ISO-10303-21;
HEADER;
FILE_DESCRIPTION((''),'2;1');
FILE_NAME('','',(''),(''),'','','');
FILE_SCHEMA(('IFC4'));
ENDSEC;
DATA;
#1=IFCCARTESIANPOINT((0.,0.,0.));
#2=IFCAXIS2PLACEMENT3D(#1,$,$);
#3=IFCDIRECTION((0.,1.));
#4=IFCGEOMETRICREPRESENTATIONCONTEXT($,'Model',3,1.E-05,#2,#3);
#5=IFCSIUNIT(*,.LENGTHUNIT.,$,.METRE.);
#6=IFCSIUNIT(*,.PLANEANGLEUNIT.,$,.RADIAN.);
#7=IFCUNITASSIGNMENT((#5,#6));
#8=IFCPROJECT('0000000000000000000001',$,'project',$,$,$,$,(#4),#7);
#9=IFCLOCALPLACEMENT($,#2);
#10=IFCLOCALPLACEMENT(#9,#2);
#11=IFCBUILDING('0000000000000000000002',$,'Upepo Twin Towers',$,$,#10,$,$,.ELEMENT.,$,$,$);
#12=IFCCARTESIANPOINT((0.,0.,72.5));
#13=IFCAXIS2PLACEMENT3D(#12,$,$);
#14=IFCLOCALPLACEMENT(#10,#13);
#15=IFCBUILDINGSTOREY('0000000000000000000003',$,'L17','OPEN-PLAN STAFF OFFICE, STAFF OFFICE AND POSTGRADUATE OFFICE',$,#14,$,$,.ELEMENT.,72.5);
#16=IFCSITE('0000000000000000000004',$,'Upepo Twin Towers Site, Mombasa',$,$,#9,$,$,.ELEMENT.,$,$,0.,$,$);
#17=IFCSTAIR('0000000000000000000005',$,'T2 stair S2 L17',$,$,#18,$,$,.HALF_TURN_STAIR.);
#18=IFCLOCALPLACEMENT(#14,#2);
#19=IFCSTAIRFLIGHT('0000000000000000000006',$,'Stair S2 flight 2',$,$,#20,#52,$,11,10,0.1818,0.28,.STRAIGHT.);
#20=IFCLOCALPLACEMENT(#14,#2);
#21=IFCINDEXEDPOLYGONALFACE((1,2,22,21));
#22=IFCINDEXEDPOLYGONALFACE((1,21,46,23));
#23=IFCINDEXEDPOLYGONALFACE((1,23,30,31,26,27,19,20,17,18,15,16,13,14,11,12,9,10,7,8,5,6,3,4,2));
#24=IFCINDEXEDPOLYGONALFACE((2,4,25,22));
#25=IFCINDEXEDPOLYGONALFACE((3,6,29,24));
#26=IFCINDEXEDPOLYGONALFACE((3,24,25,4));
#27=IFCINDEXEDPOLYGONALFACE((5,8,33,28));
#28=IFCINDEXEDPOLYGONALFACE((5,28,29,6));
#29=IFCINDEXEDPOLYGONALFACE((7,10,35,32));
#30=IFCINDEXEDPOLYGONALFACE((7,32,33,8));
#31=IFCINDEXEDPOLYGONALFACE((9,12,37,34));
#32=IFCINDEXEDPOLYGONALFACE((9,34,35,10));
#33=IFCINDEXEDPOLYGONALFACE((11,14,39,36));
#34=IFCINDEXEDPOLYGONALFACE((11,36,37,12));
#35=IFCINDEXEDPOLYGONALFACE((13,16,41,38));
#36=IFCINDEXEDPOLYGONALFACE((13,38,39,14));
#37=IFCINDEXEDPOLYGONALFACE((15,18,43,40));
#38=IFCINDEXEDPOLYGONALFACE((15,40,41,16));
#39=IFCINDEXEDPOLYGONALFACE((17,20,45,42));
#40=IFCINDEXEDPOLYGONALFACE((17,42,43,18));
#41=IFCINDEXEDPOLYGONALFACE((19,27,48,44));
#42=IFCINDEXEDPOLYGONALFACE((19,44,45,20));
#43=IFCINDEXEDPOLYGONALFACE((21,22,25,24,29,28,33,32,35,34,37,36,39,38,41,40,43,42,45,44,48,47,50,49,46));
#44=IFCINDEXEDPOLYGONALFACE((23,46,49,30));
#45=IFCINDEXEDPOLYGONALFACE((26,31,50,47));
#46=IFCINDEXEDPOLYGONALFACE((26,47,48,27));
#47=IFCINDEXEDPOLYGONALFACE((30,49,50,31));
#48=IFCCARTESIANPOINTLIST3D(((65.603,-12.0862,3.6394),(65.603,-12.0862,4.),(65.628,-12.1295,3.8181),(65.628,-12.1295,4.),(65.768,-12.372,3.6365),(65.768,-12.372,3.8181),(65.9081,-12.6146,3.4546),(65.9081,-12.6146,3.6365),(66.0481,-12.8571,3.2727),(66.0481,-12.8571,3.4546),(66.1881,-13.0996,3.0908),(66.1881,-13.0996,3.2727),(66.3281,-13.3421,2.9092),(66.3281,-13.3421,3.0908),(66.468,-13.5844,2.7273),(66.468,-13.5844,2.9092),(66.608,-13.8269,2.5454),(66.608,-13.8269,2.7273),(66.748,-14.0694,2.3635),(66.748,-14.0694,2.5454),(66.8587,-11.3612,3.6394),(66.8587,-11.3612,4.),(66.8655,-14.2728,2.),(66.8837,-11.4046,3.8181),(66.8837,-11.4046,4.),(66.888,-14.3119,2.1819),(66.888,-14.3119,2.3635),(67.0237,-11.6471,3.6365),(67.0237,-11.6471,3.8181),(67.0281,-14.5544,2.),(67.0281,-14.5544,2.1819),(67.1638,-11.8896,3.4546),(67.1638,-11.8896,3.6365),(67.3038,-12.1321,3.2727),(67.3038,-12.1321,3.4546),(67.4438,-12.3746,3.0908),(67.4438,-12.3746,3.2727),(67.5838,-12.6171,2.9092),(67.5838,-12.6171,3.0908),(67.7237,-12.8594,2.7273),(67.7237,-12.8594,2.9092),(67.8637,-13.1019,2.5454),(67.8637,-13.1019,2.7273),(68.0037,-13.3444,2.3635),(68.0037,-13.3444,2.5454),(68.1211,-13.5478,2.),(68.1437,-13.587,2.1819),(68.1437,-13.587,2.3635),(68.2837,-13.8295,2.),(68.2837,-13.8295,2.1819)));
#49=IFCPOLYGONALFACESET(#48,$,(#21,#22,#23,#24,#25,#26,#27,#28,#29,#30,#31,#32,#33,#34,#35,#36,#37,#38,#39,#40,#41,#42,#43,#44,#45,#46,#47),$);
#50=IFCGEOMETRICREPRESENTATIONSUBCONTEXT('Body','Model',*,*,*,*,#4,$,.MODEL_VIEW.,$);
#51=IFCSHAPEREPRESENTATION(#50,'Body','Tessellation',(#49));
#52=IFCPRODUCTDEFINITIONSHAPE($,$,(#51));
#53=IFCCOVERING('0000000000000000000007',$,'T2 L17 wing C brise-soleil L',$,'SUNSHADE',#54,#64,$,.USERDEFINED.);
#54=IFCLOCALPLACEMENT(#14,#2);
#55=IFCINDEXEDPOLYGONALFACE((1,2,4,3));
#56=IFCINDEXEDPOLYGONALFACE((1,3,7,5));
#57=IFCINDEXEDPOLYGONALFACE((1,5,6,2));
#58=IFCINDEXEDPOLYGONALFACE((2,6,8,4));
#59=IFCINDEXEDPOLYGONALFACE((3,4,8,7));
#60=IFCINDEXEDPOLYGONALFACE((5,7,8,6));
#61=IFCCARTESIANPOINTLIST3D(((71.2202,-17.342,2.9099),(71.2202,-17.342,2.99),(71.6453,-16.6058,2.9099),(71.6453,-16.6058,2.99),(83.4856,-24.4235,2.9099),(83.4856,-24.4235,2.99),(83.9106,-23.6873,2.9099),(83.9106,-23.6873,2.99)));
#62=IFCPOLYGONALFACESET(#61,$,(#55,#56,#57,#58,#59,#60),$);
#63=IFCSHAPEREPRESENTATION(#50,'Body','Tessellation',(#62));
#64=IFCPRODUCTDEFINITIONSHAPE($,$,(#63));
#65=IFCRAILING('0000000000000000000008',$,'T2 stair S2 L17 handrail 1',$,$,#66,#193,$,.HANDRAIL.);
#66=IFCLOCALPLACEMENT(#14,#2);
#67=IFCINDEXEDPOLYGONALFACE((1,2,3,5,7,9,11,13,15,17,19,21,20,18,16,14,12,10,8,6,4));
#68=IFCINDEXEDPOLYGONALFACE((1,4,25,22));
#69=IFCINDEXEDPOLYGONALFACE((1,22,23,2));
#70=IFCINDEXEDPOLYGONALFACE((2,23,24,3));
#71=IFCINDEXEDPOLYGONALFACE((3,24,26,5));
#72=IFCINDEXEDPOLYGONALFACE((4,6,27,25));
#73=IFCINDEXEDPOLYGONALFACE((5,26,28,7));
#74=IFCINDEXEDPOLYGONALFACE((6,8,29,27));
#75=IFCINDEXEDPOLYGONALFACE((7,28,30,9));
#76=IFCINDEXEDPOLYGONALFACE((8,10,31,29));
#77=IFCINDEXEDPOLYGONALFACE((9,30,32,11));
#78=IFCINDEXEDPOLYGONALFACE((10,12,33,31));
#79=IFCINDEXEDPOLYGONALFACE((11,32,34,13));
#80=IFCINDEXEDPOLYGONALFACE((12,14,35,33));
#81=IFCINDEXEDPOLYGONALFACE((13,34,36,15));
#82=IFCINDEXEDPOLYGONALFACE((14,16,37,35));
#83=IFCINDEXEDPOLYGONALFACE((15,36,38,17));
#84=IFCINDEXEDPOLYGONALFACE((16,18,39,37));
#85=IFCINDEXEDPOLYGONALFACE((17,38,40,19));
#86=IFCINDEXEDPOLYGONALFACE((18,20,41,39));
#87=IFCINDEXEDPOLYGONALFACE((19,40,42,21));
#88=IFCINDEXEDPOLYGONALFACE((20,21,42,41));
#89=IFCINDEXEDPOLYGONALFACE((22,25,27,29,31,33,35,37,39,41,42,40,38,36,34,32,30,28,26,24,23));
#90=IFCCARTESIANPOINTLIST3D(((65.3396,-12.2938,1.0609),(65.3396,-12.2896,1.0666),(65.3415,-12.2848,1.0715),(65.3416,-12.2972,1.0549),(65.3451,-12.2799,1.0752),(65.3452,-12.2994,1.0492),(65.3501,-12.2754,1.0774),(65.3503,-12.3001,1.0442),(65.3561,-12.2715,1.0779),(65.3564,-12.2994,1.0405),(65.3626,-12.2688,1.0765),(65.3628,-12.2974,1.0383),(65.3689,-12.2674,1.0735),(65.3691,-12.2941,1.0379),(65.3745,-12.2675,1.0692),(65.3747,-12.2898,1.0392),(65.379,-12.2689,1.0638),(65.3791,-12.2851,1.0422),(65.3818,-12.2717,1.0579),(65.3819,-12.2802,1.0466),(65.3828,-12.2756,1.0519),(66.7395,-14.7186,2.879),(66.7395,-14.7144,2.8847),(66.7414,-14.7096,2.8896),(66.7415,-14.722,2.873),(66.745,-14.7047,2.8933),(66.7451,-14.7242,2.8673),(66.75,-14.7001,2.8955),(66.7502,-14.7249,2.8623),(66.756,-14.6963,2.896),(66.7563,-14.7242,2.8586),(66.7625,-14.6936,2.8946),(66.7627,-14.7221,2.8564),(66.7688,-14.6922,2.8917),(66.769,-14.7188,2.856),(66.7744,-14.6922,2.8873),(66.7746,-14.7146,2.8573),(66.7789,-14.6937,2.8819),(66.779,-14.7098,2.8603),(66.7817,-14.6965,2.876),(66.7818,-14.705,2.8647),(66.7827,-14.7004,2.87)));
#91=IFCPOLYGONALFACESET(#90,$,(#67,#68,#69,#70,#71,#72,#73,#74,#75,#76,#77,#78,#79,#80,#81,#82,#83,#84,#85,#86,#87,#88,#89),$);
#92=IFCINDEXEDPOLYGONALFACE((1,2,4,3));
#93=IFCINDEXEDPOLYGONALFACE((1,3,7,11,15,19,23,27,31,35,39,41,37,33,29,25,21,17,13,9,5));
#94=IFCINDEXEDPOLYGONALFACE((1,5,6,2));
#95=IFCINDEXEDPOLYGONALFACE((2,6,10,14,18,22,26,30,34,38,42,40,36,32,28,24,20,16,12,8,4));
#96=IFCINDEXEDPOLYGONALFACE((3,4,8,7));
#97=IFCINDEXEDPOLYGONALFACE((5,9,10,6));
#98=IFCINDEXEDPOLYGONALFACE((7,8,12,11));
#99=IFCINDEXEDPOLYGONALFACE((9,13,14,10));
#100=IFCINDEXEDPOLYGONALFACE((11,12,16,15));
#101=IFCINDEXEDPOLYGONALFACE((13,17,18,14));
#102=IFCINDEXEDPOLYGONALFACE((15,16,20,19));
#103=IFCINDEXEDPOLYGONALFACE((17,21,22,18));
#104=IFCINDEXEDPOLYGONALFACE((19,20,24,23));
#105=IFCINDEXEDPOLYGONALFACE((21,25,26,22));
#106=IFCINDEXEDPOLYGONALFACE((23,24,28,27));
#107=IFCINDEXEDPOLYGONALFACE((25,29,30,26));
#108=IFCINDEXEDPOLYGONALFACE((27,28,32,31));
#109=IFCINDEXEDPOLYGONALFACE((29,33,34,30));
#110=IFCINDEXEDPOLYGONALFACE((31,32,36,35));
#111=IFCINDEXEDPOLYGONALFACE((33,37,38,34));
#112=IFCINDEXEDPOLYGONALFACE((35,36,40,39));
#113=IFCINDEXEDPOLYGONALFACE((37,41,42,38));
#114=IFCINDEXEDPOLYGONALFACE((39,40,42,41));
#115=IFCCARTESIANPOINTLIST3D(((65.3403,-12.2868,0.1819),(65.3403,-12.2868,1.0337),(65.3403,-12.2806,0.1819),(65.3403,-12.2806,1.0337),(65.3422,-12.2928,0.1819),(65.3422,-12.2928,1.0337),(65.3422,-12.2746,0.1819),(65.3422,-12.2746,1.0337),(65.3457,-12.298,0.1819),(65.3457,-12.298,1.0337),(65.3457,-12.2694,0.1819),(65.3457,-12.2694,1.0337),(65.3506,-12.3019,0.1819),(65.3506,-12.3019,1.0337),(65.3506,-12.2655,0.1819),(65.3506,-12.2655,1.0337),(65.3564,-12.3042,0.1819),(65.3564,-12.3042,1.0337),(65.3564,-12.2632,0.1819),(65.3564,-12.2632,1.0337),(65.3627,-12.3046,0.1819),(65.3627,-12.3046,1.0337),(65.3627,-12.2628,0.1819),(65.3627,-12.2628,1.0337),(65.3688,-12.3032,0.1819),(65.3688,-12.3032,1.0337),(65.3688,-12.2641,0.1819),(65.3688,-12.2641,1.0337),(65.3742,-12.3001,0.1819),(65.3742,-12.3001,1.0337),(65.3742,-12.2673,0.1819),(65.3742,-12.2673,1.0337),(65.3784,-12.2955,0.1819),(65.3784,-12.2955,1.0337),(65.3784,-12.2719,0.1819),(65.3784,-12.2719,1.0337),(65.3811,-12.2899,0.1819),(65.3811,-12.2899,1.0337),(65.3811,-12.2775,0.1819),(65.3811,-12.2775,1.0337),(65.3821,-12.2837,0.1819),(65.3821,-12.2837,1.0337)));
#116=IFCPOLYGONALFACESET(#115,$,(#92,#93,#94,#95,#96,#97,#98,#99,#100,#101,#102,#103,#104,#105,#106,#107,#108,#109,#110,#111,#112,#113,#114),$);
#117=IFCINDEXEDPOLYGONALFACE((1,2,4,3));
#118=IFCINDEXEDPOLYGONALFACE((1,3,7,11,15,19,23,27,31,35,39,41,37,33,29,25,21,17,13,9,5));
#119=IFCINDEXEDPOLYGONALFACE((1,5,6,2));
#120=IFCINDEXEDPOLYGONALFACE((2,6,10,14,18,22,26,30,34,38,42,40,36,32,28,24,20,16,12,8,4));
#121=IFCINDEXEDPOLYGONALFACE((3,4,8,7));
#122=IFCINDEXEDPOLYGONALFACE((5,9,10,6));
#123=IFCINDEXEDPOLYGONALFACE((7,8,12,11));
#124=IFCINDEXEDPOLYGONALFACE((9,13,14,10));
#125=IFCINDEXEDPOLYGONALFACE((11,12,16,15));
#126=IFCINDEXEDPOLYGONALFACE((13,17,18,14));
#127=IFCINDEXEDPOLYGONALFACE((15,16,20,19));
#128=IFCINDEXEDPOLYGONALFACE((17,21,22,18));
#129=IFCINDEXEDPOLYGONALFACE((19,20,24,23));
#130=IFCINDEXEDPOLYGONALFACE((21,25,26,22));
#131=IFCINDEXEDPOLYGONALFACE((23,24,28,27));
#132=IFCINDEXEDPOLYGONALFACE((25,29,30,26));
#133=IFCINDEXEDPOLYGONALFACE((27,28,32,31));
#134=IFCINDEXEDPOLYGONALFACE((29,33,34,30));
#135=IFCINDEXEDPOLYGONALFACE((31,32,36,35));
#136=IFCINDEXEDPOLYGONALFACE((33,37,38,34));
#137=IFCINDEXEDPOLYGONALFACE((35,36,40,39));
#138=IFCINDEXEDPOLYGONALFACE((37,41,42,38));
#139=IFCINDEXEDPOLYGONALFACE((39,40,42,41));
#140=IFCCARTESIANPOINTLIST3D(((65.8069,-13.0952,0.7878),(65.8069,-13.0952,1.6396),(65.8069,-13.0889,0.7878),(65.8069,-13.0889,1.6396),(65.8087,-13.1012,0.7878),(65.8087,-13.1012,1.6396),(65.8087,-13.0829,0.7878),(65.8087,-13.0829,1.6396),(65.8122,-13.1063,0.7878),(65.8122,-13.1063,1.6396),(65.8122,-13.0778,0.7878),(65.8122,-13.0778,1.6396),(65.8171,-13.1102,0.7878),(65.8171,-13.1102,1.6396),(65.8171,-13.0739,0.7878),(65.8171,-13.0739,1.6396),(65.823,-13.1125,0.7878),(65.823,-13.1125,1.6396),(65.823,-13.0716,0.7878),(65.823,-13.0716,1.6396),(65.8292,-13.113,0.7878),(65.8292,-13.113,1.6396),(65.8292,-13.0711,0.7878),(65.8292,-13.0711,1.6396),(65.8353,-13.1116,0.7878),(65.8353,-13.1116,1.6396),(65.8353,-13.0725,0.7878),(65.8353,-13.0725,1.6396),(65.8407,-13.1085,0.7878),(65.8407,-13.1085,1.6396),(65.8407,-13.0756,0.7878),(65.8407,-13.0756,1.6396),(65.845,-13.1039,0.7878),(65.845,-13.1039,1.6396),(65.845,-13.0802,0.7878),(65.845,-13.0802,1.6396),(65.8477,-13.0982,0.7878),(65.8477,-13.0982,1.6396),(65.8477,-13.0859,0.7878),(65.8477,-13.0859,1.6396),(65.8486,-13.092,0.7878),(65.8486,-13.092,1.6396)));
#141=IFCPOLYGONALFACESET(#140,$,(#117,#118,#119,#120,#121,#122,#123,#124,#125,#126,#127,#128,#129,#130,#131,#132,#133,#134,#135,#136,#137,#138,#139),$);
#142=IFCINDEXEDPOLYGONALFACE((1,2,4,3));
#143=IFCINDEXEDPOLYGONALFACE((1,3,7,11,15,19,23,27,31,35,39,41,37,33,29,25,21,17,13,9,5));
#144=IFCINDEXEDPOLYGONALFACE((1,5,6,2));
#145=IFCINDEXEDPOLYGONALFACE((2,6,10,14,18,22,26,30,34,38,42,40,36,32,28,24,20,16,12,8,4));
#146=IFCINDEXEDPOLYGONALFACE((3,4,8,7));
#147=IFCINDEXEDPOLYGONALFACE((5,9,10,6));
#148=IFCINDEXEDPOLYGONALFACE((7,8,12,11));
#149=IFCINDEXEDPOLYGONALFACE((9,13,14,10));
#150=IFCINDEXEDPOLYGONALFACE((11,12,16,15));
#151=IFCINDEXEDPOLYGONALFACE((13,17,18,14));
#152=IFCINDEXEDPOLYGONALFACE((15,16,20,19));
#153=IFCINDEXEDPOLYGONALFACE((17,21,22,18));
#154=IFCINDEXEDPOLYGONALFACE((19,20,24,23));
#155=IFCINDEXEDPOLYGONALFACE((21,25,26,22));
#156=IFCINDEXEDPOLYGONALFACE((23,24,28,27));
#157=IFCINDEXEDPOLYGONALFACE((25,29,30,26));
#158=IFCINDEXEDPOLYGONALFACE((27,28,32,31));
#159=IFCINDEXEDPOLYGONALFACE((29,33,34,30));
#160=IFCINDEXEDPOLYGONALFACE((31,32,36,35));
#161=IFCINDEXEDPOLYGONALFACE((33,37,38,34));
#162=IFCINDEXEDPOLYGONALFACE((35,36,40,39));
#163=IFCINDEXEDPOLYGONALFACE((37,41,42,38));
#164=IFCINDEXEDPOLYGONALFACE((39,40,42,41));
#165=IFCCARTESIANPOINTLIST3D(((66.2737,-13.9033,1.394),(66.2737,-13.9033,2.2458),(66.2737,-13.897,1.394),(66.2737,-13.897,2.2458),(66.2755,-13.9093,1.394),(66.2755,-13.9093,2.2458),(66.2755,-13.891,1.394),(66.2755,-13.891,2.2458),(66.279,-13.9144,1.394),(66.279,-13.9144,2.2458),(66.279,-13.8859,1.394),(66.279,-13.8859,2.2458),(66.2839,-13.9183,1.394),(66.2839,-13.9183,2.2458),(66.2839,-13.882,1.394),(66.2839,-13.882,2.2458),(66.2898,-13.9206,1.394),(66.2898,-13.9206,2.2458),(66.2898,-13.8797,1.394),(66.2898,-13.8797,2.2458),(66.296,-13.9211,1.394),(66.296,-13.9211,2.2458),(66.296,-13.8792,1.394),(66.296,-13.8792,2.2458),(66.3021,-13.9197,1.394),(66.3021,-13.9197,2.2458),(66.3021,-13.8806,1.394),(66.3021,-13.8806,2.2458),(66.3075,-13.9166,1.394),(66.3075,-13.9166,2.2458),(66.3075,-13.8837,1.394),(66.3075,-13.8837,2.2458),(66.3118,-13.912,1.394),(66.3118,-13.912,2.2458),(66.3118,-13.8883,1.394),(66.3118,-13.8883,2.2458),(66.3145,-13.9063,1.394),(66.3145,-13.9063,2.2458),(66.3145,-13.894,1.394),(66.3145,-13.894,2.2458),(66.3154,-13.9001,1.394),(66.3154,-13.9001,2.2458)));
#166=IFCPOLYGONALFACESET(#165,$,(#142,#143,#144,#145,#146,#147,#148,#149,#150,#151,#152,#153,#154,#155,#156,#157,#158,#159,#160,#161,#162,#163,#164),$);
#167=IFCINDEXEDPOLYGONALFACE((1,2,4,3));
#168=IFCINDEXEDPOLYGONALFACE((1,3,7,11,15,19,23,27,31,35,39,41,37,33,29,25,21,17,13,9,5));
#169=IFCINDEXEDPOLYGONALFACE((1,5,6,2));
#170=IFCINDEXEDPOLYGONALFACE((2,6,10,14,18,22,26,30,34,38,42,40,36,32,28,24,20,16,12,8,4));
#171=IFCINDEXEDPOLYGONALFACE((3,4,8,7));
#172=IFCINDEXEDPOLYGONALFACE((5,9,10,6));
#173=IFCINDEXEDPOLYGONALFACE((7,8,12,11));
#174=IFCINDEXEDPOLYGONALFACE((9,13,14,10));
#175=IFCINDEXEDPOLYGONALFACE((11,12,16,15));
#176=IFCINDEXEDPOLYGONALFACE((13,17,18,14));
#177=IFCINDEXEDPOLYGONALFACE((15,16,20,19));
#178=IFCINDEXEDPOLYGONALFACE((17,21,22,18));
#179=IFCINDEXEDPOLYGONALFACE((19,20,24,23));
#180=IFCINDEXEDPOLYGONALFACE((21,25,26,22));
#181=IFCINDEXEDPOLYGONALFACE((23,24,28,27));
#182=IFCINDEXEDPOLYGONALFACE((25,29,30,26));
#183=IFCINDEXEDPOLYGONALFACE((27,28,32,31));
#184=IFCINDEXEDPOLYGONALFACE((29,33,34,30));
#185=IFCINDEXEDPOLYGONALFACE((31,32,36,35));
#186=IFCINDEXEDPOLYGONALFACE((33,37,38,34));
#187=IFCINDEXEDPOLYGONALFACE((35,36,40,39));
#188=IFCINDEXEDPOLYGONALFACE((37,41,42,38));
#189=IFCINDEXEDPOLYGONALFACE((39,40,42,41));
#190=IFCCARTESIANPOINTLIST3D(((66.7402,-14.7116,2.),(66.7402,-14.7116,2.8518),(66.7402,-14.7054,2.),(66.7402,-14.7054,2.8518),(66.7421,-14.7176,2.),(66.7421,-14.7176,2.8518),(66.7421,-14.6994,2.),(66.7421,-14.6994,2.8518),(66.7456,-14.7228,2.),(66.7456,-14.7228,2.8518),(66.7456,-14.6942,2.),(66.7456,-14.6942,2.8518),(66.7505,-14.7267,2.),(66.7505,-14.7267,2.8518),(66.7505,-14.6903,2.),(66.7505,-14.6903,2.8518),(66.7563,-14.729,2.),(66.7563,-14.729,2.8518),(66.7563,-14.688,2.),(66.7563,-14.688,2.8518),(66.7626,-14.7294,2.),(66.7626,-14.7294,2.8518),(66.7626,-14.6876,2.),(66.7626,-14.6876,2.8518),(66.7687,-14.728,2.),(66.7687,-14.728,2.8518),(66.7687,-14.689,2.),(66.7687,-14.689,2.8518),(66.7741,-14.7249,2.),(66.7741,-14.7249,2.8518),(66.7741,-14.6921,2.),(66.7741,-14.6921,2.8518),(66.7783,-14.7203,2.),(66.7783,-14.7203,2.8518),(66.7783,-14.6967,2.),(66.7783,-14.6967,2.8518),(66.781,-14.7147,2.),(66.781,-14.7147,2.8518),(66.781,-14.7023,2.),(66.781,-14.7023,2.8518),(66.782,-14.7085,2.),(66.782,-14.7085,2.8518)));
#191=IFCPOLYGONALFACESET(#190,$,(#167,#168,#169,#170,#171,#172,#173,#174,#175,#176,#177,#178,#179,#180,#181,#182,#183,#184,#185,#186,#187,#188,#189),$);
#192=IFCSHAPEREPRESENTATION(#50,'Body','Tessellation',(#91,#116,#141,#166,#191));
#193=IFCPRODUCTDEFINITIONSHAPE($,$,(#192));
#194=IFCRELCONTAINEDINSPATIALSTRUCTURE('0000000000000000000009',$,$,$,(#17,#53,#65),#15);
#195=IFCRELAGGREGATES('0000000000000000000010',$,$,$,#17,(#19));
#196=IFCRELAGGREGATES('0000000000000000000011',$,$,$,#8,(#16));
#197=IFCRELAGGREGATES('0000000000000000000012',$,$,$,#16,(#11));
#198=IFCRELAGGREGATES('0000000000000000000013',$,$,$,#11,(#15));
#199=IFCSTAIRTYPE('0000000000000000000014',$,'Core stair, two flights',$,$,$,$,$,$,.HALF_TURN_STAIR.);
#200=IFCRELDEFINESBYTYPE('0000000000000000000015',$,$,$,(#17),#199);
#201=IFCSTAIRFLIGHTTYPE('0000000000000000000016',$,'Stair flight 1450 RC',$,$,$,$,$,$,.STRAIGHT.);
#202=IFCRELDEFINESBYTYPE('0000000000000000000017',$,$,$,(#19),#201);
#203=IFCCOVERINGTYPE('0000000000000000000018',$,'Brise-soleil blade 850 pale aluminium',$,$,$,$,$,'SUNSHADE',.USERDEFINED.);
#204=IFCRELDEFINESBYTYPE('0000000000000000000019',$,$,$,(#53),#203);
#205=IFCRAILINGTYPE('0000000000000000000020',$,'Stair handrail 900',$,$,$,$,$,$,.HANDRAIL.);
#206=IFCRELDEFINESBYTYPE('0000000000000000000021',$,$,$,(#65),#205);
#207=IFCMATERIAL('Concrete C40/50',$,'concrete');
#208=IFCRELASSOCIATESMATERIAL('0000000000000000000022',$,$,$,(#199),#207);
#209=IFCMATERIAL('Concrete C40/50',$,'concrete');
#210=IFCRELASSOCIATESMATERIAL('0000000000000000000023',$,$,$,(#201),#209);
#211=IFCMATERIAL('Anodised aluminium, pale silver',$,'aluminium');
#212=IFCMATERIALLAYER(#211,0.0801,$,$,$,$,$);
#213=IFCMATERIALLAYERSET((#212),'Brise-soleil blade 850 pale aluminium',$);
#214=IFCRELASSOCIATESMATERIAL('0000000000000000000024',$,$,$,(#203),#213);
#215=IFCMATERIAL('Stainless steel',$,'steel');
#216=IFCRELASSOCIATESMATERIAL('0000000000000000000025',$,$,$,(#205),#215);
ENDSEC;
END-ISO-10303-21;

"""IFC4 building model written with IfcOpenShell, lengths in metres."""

from ifc_helpers import new_model, si_unit, direction, frame, origin, origin_2d, place, context, subcontext, project, spatial, polyline, rectangle, circle, outline, extrude, material, layer, layer_set, type_object, element, aggregate, save


model = new_model("IFC4")

# Units and contexts
model_context = context("Model", 3, precision=1e-05, world=origin(), true_north=direction((0.0, 1.0)))
body_context = subcontext(model_context, "Body", "Model", "MODEL_VIEW")
ifc_project = project(units=[si_unit("LENGTHUNIT", "METRE"), si_unit("PLANEANGLEUNIT", "RADIAN")], contexts=[model_context])

# Site, building, storey
site_placement = place(None, origin())
site = spatial("IfcSite", under=ifc_project, at=site_placement, Name="Upepo Twin Towers Site, Mombasa", CompositionType="ELEMENT", RefElevation=0.0)
building_placement = place(site_placement, origin())
building = spatial("IfcBuilding", under=site, at=building_placement, Name="Upepo Twin Towers", CompositionType="ELEMENT")
storey_placement = place(building_placement, frame((0.0, 0.0, 72.5)))
storey = spatial("IfcBuildingStorey", under=building, at=storey_placement, Name="L17", Description="OPEN-PLAN STAFF OFFICE, STAFF OFFICE AND POSTGRADUATE OFFICE", CompositionType="ELEMENT", Elevation=72.5)

# Stair, stair flight
ifc_material_1 = material(Name="Concrete C40/50", Category="concrete")
stair_type = type_object("IfcStairType", Name="Core stair, two flights", PredefinedType="HALF_TURN_STAIR", material=ifc_material_1)
stair_placement = place(storey_placement, origin())
stair = element("IfcStair", 1, at=stair_placement, inside=storey, type_object=stair_type, Name="T2 stair S2 L17", PredefinedType="HALF_TURN_STAIR")
ifc_material_2 = material(Name="Concrete C40/50", Category="concrete")
stair_flight_type = type_object("IfcStairFlightType", Name="Stair flight 1450 RC", PredefinedType="STRAIGHT", material=ifc_material_2)
stair_flight_placement = place(storey_placement, frame((67.656, -14.1919, 2.0), z_axis=(0.0, 0.0, 1.0), x_axis=(-0.5, 0.866025, 0.0)))
stair_flight = element("IfcStairFlight", 2, at=stair_flight_placement, type_object=stair_flight_type, Name="Stair S2 flight 2", NumberOfRisers=11, NumberOfTreads=10, PredefinedType="STRAIGHT", RiserHeight=0.1818, TreadLength=0.28, context=body_context, shape_type="SweptSolid", body=[
    extrude(outline(polyline([(0.0, 0.0), (0.0, 0.1819), (0.28, 0.1819), (0.28, 0.3635), (0.5601, 0.3635), (0.5601, 0.5454), (0.8401, 0.5454), (0.8401, 0.7273), (1.1201, 0.7273), (1.1201, 0.9092), (1.3999, 0.9092), (1.3999, 1.0908), (1.6799, 1.0908), (1.6799, 1.2727), (1.96, 1.2727), (1.96, 1.4546), (2.24, 1.4546), (2.24, 1.6365), (2.52, 1.6365), (2.52, 1.8181), (2.8, 1.8181), (2.8, 2.0), (2.8501, 2.0), (2.8501, 1.6394), (0.3252, 0.0), (0.0, 0.0)])), frame((0.0, 0.7251, 0.0), z_axis=(0.0, -1.0, 0.0), x_axis=(1.0, 0.0, 0.0)), (0.0, 0.0, 1.0), 1.45),
])
aggregate(stair, [stair_flight])

# Covering
ifc_material_3 = material(Name="Anodised aluminium, pale silver", Category="aluminium")
ifc_layer_1 = layer(ifc_material_3, 0.0801)
ifc_layer_set_1 = layer_set([ifc_layer_1], Name="Brise-soleil blade 850 pale aluminium")
covering_type = type_object("IfcCoveringType", Name="Brise-soleil blade 850 pale aluminium", ElementType="SUNSHADE", PredefinedType="USERDEFINED", material=ifc_layer_set_1)
covering_placement = place(storey_placement, frame((77.5654, -20.5146, 2.9099), z_axis=(0.0, 0.0, 1.0), x_axis=(0.866025, -0.5, 0.0)))
element("IfcCovering", 3, at=covering_placement, inside=storey, type_object=covering_type, Name="T2 L17 wing C brise-soleil L", ObjectType="SUNSHADE", PredefinedType="USERDEFINED", context=body_context, shape_type="SweptSolid", body=[
    extrude(rectangle(XDim=14.1628, YDim=0.8501, at=origin_2d()), origin(), (0.0, 0.0, 1.0), 0.0801),
])

# Railing
ifc_material_4 = material(Name="Stainless steel", Category="steel")
railing_type = type_object("IfcRailingType", Name="Stair handrail 900", PredefinedType="HANDRAIL", material=ifc_material_4)
railing_1_placement = place(storey_placement, frame((65.3611, -12.2837, 0.1819)))
element("IfcRailing", 4, at=railing_1_placement, inside=storey, type_object=railing_type, Name="T2 stair S2 L17 handrail 1", PredefinedType="HANDRAIL", context=body_context, shape_type="SweptSolid", body=[
    extrude(circle(Radius=0.0239, at=origin_2d()), frame((0.0, 0.0, 0.876), z_axis=(0.419333, -0.726336, 0.544606), x_axis=(0.866035, 0.499984, 0.0)), (0.0, 0.0, 1.0), 3.3384),
    extrude(circle(Radius=0.021, at=origin_2d()), origin(), (0.0, 0.0, 1.0), 0.8518),
    extrude(circle(Radius=0.021, at=origin_2d()), frame((0.4666, -0.8083, 0.606)), (0.0, 0.0, 1.0), 0.8518),
    extrude(circle(Radius=0.021, at=origin_2d()), frame((0.9333, -1.6165, 1.2122)), (0.0, 0.0, 1.0), 0.8518),
    extrude(circle(Radius=0.021, at=origin_2d()), frame((1.3999, -2.4248, 1.8181)), (0.0, 0.0, 1.0), 0.8518),
])

save(model, "model.ifc")
